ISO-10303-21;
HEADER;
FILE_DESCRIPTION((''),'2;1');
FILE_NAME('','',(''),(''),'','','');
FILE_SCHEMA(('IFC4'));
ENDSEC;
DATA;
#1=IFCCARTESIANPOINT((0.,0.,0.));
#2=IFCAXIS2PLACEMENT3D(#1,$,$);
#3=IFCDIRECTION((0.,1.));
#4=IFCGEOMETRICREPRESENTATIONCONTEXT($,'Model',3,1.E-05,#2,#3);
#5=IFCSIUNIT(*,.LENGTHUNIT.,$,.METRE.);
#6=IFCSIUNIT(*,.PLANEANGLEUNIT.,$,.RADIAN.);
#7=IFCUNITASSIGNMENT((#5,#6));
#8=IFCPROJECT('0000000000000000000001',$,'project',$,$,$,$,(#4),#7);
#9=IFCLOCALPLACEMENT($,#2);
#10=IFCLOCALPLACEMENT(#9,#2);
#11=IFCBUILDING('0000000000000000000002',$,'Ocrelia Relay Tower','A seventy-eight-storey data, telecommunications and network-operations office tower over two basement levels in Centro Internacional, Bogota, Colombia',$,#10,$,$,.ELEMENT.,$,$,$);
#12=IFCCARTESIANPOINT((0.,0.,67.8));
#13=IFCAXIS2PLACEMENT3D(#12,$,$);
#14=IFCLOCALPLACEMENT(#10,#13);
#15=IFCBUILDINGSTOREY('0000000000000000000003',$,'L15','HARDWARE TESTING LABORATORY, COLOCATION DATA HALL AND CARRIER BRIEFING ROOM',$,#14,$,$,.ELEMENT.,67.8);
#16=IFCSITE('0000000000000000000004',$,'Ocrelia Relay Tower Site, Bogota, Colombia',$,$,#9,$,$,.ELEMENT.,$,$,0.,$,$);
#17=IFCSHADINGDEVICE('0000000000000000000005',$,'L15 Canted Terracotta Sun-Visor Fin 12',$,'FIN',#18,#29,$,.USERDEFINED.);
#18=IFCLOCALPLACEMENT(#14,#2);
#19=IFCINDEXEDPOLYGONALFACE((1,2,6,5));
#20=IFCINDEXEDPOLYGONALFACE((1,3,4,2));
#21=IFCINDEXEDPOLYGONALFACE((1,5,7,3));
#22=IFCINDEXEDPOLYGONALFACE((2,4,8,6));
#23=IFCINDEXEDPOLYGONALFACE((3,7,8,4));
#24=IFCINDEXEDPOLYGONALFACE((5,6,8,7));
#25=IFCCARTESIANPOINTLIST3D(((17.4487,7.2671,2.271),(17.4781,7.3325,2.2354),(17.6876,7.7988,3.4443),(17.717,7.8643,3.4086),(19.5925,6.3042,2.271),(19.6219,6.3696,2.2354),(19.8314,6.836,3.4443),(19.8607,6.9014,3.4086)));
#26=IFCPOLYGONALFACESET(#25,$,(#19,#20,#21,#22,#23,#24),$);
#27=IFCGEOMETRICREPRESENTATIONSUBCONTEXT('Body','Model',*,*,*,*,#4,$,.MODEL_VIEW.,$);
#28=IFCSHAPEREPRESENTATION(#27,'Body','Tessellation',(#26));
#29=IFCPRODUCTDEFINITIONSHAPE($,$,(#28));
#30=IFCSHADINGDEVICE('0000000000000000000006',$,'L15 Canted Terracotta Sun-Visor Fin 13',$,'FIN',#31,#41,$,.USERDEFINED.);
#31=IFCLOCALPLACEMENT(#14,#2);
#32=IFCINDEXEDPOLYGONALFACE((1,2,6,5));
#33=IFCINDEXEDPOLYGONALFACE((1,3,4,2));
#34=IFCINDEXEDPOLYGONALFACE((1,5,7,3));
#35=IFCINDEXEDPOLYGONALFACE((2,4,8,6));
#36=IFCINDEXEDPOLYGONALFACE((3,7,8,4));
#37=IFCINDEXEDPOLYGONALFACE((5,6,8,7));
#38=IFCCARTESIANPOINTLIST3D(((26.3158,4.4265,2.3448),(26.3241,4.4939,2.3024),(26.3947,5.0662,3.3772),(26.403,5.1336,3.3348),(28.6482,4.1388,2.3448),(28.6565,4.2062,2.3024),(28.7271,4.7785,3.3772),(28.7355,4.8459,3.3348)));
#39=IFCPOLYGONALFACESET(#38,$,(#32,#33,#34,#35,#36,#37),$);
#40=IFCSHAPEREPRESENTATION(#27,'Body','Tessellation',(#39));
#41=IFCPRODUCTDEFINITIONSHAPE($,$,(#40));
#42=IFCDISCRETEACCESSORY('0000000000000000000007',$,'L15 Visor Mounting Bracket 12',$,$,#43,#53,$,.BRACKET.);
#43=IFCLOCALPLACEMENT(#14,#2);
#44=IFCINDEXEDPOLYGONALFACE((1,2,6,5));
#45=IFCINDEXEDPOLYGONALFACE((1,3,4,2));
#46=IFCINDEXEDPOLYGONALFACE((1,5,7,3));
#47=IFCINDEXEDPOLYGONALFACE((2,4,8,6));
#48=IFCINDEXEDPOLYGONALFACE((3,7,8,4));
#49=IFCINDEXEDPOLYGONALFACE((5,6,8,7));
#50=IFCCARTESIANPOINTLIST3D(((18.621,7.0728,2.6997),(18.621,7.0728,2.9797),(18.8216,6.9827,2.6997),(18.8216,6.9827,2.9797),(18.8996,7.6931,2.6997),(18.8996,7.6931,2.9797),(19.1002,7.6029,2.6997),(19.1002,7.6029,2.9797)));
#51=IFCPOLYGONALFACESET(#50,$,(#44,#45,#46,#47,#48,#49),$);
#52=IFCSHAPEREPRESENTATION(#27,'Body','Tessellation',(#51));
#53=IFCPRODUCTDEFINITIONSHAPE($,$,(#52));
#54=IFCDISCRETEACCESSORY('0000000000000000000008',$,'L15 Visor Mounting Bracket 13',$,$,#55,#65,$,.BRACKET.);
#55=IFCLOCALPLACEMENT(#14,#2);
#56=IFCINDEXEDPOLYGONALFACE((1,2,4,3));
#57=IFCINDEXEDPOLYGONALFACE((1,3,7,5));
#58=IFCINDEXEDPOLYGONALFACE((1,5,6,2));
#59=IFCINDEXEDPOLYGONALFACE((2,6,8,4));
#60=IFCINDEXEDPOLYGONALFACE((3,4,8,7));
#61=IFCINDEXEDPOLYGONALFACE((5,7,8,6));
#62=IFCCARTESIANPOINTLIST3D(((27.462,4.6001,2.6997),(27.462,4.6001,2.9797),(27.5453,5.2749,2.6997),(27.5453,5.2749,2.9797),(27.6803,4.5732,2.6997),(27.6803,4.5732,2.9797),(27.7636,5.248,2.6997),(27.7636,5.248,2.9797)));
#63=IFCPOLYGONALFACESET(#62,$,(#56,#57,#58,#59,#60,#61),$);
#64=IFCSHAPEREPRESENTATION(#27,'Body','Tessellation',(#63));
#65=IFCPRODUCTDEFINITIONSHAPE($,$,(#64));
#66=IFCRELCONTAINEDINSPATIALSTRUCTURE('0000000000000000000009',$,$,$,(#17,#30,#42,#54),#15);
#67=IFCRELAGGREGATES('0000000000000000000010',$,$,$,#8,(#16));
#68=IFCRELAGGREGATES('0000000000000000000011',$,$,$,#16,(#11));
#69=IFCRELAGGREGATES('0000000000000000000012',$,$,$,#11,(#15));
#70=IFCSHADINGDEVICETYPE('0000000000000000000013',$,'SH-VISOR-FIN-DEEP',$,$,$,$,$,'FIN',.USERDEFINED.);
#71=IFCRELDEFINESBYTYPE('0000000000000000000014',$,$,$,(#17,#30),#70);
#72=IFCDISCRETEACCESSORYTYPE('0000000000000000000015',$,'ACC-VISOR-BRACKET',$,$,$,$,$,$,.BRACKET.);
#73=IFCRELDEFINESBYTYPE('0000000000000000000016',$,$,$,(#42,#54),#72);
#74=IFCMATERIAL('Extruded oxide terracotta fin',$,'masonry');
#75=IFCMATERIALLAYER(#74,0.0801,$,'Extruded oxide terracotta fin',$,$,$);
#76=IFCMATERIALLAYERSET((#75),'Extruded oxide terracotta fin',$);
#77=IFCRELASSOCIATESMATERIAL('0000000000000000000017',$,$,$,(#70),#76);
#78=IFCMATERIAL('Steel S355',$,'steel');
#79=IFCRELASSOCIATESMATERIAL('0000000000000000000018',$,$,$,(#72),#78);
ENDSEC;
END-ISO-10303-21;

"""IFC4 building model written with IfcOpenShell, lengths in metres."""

from ifc_helpers import new_model, si_unit, direction, frame, origin, origin_2d, place, context, subcontext, project, spatial, rectangle, extrude, material, layer, layer_set, type_object, element, save


model = new_model("IFC4")

# Units and contexts
model_context = context("Model", 3, precision=1e-05, world=origin(), true_north=direction((0.0, 1.0)))
body_context = subcontext(model_context, "Body", "Model", "MODEL_VIEW")
ifc_project = project(units=[si_unit("LENGTHUNIT", "METRE"), si_unit("PLANEANGLEUNIT", "RADIAN")], contexts=[model_context])

# Site, building, storey
site_placement = place(None, origin())
site = spatial("IfcSite", under=ifc_project, at=site_placement, Name="Ocrelia Relay Tower Site, Bogota, Colombia", CompositionType="ELEMENT", RefElevation=0.0)
building_placement = place(site_placement, origin())
building = spatial("IfcBuilding", under=site, at=building_placement, Name="Ocrelia Relay Tower", Description="A seventy-eight-storey data, telecommunications and network-operations office tower over two basement levels in Centro Internacional, Bogota, Colombia", CompositionType="ELEMENT")
storey_placement = place(building_placement, frame((0.0, 0.0, 67.8)))
storey = spatial("IfcBuildingStorey", under=building, at=storey_placement, Name="L15", Description="HARDWARE TESTING LABORATORY, COLOCATION DATA HALL AND CARRIER BRIEFING ROOM", CompositionType="ELEMENT", Elevation=67.8)

# Shared definitions
ifc_material_1 = material(Name="Steel S355", Category="steel")

# Shading devices
ifc_material_2 = material(Name="Extruded oxide terracotta fin", Category="masonry")
ifc_layer_1 = layer(ifc_material_2, 0.0801, Name="Extruded oxide terracotta fin")
ifc_layer_set_1 = layer_set([ifc_layer_1], Name="Extruded oxide terracotta fin")
shading_device_type_1 = type_object("IfcShadingDeviceType", Name="SH-VISOR-FIN-DEEP", ElementType="FIN", PredefinedType="USERDEFINED", material=ifc_layer_set_1)
shading_device_1_placement = place(storey_placement, frame((18.6694, 7.1169, 2.822), z_axis=(-0.366927, -0.816937, 0.444948), x_axis=(0.912211, -0.40972, 0.0)))
element("IfcShadingDevice", 1, at=shading_device_1_placement, inside=storey, type_object=shading_device_type_1, Name="L15 Canted Terracotta Sun-Visor Fin 12", ObjectType="FIN", PredefinedType="USERDEFINED", context=body_context, shape_type="SweptSolid", body=[
    extrude(rectangle(XDim=2.3501, YDim=1.3101, at=origin_2d()), origin(), (0.0, 0.0, 1.0), 0.0801),
])
shading_device_2_placement = place(storey_placement, frame((27.5298, 4.6699, 2.8186), z_axis=(-0.103846, -0.841852, 0.529623), x_axis=(0.992478, -0.122426, 0.0)))
element("IfcShadingDevice", 2, at=shading_device_2_placement, inside=storey, type_object=shading_device_type_1, Name="L15 Canted Terracotta Sun-Visor Fin 13", ObjectType="FIN", PredefinedType="USERDEFINED", context=body_context, shape_type="SweptSolid", body=[
    extrude(rectangle(XDim=2.3501, YDim=1.217, at=origin_2d()), origin(), (0.0, 0.0, 1.0), 0.0801),
])

# Discrete accessories
discrete_accessory_type = type_object("IfcDiscreteAccessoryType", Name="ACC-VISOR-BRACKET", PredefinedType="BRACKET", material=ifc_material_1)
for number, where, z_axis, x_axis, name in (
    (3, (18.8606, 7.3379, 2.6997), (0.0, 0.0, 1.0), (0.912211, -0.40972, 0.0), "L15 Visor Mounting Bracket 12"),
    (4, (27.6128, 4.9241, 2.6997), (0.0, 0.0, 1.0), (0.992478, -0.122426, 0.0), "L15 Visor Mounting Bracket 13"),
):
    element("IfcDiscreteAccessory", number, at=place(storey_placement, frame(where, z_axis=z_axis, x_axis=x_axis)), inside=storey, type_object=discrete_accessory_type, Name=name, PredefinedType="BRACKET", context=body_context, shape_type="SweptSolid", body=[
        extrude(rectangle(XDim=0.22, YDim=0.6799, at=origin_2d()), origin(), (0.0, 0.0, 1.0), 0.28),
    ])

save(model, "model.ifc")
